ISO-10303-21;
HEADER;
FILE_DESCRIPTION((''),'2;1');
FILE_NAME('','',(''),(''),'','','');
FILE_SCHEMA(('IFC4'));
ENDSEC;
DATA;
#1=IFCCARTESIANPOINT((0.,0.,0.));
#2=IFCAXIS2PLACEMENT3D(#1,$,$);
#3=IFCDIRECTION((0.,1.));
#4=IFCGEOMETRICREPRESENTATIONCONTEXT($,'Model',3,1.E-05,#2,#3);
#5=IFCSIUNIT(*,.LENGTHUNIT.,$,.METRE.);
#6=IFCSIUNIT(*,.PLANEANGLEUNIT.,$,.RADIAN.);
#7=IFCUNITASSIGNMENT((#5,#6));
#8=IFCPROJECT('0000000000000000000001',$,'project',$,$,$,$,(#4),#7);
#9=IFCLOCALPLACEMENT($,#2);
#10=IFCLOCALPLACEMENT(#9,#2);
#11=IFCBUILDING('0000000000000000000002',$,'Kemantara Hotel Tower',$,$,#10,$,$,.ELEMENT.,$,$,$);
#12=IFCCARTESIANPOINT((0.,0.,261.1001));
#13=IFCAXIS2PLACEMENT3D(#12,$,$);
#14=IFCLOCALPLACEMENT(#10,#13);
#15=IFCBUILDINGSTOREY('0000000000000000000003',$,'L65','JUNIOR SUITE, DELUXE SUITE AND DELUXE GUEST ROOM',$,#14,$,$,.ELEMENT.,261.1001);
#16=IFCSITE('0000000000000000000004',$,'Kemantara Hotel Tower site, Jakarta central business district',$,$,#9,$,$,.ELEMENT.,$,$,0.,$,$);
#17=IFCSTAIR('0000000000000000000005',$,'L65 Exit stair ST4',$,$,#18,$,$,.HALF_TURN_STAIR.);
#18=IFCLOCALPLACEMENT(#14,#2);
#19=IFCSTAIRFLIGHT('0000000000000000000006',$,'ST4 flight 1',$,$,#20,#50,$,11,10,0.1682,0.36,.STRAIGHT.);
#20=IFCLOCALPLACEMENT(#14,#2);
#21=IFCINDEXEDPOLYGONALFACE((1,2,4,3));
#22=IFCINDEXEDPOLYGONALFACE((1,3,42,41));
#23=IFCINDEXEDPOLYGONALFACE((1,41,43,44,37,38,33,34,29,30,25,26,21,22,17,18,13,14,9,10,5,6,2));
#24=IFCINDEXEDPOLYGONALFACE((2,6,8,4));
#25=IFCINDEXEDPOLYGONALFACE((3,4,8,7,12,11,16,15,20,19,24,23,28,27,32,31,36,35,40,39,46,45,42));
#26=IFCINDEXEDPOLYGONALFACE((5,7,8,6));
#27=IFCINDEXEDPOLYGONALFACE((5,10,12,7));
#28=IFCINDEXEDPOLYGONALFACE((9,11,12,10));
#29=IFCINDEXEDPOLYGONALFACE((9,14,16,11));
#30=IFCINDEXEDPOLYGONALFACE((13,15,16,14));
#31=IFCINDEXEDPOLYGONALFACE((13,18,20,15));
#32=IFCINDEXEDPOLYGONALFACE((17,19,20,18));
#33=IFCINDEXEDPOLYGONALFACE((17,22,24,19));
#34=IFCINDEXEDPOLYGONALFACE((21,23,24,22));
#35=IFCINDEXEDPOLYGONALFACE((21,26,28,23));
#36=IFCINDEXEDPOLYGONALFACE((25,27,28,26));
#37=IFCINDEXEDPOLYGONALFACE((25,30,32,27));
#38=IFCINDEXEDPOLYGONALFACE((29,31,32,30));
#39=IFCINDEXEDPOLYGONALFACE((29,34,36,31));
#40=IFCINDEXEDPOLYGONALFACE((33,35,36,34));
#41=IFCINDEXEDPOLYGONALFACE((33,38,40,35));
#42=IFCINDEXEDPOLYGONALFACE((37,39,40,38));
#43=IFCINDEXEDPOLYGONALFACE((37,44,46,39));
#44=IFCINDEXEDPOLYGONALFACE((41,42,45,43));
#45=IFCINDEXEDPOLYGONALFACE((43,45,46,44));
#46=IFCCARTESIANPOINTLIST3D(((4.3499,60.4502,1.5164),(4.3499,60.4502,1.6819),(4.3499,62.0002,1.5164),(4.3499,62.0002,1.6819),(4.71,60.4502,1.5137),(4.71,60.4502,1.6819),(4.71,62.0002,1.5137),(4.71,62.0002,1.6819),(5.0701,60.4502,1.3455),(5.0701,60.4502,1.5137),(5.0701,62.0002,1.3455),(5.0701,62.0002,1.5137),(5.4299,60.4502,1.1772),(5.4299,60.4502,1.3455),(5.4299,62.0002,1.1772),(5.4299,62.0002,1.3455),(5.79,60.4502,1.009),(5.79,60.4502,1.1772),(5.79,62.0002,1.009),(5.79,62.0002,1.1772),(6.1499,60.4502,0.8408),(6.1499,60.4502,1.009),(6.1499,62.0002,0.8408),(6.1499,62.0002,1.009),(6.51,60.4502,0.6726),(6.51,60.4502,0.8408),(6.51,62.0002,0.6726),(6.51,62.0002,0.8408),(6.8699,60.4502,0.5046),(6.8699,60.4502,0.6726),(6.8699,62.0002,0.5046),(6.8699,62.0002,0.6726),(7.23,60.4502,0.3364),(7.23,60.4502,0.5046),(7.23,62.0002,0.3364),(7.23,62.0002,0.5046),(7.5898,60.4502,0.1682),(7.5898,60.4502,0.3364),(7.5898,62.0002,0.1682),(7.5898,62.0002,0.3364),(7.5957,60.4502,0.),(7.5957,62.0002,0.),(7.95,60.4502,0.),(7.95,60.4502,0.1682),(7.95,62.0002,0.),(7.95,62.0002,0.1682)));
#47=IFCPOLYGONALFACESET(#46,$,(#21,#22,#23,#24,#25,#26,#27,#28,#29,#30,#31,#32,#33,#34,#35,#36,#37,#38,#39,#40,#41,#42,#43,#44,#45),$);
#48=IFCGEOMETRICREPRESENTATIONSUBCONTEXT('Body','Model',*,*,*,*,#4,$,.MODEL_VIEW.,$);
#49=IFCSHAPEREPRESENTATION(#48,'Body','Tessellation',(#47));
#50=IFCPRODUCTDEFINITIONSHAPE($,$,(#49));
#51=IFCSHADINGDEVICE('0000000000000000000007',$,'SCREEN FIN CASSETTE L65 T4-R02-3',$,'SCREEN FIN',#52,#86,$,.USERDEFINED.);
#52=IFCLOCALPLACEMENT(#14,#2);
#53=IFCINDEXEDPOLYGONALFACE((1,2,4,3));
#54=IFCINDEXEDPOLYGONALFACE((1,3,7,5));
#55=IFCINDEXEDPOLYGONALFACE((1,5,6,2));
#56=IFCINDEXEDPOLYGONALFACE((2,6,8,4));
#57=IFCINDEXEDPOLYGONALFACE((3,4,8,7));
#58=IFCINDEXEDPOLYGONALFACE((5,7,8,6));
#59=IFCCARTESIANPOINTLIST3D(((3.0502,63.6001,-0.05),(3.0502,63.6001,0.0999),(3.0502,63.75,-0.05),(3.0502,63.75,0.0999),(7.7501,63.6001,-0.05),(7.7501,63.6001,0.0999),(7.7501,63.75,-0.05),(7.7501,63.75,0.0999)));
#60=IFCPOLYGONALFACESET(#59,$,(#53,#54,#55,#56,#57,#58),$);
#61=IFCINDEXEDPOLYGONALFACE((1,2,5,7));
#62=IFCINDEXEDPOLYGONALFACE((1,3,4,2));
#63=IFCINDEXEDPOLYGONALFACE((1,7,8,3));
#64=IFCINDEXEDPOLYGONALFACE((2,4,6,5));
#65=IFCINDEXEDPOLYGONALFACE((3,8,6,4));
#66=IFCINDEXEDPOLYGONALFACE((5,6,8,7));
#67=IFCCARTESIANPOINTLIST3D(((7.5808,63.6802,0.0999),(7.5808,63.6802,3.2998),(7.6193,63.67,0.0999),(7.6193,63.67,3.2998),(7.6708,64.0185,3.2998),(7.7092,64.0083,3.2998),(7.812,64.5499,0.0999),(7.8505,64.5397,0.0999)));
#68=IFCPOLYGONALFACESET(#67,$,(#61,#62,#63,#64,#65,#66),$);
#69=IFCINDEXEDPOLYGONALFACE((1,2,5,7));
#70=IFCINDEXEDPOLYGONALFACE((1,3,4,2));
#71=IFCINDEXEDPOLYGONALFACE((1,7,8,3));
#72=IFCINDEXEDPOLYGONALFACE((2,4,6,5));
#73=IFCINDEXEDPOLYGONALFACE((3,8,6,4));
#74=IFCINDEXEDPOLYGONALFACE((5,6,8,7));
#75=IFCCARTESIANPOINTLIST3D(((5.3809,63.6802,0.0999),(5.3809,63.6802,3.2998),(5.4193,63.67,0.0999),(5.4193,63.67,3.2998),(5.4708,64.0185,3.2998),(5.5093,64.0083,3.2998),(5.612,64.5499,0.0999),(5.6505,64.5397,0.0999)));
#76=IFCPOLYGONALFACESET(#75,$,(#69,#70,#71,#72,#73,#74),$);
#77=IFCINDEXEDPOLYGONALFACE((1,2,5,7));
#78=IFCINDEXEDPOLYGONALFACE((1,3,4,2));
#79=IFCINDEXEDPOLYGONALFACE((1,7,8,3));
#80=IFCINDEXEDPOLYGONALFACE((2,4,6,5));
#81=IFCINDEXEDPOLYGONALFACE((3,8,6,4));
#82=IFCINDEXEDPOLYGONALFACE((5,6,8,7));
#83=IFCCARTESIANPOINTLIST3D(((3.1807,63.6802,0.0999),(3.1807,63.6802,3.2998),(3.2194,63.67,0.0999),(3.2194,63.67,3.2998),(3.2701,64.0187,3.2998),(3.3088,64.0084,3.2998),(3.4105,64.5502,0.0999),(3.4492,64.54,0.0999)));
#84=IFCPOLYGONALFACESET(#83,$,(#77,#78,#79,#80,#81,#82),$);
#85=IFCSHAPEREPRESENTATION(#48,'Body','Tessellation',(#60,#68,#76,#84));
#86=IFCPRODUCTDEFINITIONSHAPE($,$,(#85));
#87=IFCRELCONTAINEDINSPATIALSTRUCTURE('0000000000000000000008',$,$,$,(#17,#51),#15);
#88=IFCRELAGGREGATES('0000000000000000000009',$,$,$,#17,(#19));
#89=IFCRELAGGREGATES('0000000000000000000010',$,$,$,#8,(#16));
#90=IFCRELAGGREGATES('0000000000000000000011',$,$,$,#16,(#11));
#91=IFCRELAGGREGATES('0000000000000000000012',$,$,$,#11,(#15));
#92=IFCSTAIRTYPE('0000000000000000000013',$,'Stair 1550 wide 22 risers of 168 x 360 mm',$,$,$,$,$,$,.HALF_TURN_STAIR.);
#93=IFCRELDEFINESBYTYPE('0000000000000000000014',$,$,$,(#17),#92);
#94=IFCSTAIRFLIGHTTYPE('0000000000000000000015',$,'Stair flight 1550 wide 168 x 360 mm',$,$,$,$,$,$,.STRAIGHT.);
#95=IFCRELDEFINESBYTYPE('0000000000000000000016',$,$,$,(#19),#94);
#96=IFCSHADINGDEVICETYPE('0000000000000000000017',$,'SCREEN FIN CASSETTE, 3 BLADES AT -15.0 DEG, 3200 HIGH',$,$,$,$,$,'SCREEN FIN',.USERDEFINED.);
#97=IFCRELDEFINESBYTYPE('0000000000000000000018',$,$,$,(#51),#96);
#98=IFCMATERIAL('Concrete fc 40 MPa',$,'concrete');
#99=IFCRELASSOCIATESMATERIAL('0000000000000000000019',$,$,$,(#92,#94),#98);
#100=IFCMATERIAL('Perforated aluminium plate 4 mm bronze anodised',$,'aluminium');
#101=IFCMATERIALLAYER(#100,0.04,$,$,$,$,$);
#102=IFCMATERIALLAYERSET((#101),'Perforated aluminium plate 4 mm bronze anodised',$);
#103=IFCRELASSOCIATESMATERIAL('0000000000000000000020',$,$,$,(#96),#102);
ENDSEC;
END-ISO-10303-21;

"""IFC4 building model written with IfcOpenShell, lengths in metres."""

from ifc_helpers import new_model, si_unit, direction, frame, origin, origin_2d, place, context, subcontext, project, spatial, polyline, rectangle, outline, extrude, source, transform, mapped, material, layer, layer_set, type_object, element, aggregate, save


model = new_model("IFC4")

# Units and contexts
model_context = context("Model", 3, precision=1e-05, world=origin(), true_north=direction((0.0, 1.0)))
body_context = subcontext(model_context, "Body", "Model", "MODEL_VIEW")
ifc_project = project(units=[si_unit("LENGTHUNIT", "METRE"), si_unit("PLANEANGLEUNIT", "RADIAN")], contexts=[model_context])

# Site, building, storey
site_placement = place(None, origin())
site = spatial("IfcSite", under=ifc_project, at=site_placement, Name="Kemantara Hotel Tower site, Jakarta central business district", CompositionType="ELEMENT", RefElevation=0.0)
building_placement = place(site_placement, origin())
building = spatial("IfcBuilding", under=site, at=building_placement, Name="Kemantara Hotel Tower", CompositionType="ELEMENT")
storey_placement = place(building_placement, frame((0.0, 0.0, 261.1001)))
storey = spatial("IfcBuildingStorey", under=building, at=storey_placement, Name="L65", Description="JUNIOR SUITE, DELUXE SUITE AND DELUXE GUEST ROOM", CompositionType="ELEMENT", Elevation=261.1001)

# Shared definitions
ifc_material_1 = material(Name="Concrete fc 40 MPa", Category="concrete")

# Stair, stair flight
stair_type = type_object("IfcStairType", Name="Stair 1550 wide 22 risers of 168 x 360 mm", PredefinedType="HALF_TURN_STAIR", material=ifc_material_1)
stair_placement = place(storey_placement, origin())
stair = element("IfcStair", 1, at=stair_placement, inside=storey, type_object=stair_type, Name="L65 Exit stair ST4", PredefinedType="HALF_TURN_STAIR")
stair_flight_type = type_object("IfcStairFlightType", Name="Stair flight 1550 wide 168 x 360 mm", PredefinedType="STRAIGHT", material=ifc_material_1)
stair_flight_placement = place(storey_placement, frame((7.95, 61.2251, 0.0), z_axis=(0.0, 0.0, 1.0), x_axis=(-1.0, 0.0, 0.0)))
stair_flight = element("IfcStairFlight", 2, at=stair_flight_placement, type_object=stair_flight_type, Name="ST4 flight 1", NumberOfRisers=11, NumberOfTreads=10, PredefinedType="STRAIGHT", RiserHeight=0.1682, TreadLength=0.36, context=body_context, shape_type="SweptSolid", body=[
    extrude(outline(polyline([(0.0, 0.0), (0.0, 0.1682), (0.3601, 0.1682), (0.3601, 0.3364), (0.72, 0.3364), (0.72, 0.5046), (1.0801, 0.5046), (1.0801, 0.6726), (1.4399, 0.6726), (1.4399, 0.8408), (1.8, 0.8408), (1.8, 1.009), (2.1599, 1.009), (2.1599, 1.1772), (2.52, 1.1772), (2.52, 1.3455), (2.8799, 1.3455), (2.8799, 1.5137), (3.24, 1.5137), (3.24, 1.6819), (3.6001, 1.6819), (3.6001, 1.8501), (3.6001, 1.5164), (0.3542, 0.0), (0.0, 0.0)])), frame((0.0, 0.7749, 0.0), z_axis=(0.0, -1.0, 0.0), x_axis=(1.0, 0.0, 0.0)), (0.0, 0.0, 1.0), 1.55),
])
aggregate(stair, [stair_flight])

# Shading device
ifc_material_2 = material(Name="Perforated aluminium plate 4 mm bronze anodised", Category="aluminium")
ifc_layer_1 = layer(ifc_material_2, 0.04)
ifc_layer_set_1 = layer_set([ifc_layer_1], Name="Perforated aluminium plate 4 mm bronze anodised")
shading_device_type = type_object("IfcShadingDeviceType", Name="SCREEN FIN CASSETTE, 3 BLADES AT -15.0 DEG, 3200 HIGH", ElementType="SCREEN FIN", PredefinedType="USERDEFINED", material=ifc_layer_set_1)
shared_shape_1 = source(origin(), body_context, "Body", "SweptSolid", [
    extrude(rectangle(XDim=4.7, YDim=0.1499, at=origin_2d()), frame((2.2, -0.075, -0.1499), z_axis=(0.0, 0.0, 1.0), x_axis=(1.0, 0.0, 0.0)), (0.0, 0.0, 1.0), 0.1499),
    extrude(outline(polyline([(0.0, 0.0), (0.8999, 0.0), (0.3501, 3.2), (0.0, 3.2), (0.0, 0.0)])), frame((0.0193, -0.0801, 0.0), z_axis=(-0.966438, 0.256901, 0.0), x_axis=(-0.256901, -0.966438, 0.0)), (0.0, 0.0, 1.0), 0.0398),
    extrude(outline(polyline([(0.0, 0.0), (0.8999, 0.0), (0.3501, 3.2), (0.0, 3.2), (0.0, 0.0)])), frame((2.2192, -0.0801, 0.0), z_axis=(-0.966438, 0.256901, 0.0), x_axis=(-0.256901, -0.966438, 0.0)), (0.0, 0.0, 1.0), 0.0398),
    extrude(outline(polyline([(0.0, 0.0), (0.8999, 0.0), (0.3501, 3.2), (0.0, 3.2), (0.0, 0.0)])), frame((4.4194, -0.0801, 0.0), z_axis=(-0.966838, 0.255391, 0.0), x_axis=(-0.255391, -0.966838, 0.0)), (0.0, 0.0, 1.0), 0.04),
])
shading_device_placement = place(storey_placement, frame((7.6001, 63.6001, 0.0999), z_axis=(0.0, 0.0, 1.0), x_axis=(-1.0, 0.0, 0.0)))
element("IfcShadingDevice", 3, at=shading_device_placement, inside=storey, type_object=shading_device_type, Name="SCREEN FIN CASSETTE L65 T4-R02-3", ObjectType="SCREEN FIN", PredefinedType="USERDEFINED", context=body_context, shape_type="MappedRepresentation", body=[
    mapped(shared_shape_1, transform((0.0, 0.0, 0.0))),
])

save(model, "model.ifc")
